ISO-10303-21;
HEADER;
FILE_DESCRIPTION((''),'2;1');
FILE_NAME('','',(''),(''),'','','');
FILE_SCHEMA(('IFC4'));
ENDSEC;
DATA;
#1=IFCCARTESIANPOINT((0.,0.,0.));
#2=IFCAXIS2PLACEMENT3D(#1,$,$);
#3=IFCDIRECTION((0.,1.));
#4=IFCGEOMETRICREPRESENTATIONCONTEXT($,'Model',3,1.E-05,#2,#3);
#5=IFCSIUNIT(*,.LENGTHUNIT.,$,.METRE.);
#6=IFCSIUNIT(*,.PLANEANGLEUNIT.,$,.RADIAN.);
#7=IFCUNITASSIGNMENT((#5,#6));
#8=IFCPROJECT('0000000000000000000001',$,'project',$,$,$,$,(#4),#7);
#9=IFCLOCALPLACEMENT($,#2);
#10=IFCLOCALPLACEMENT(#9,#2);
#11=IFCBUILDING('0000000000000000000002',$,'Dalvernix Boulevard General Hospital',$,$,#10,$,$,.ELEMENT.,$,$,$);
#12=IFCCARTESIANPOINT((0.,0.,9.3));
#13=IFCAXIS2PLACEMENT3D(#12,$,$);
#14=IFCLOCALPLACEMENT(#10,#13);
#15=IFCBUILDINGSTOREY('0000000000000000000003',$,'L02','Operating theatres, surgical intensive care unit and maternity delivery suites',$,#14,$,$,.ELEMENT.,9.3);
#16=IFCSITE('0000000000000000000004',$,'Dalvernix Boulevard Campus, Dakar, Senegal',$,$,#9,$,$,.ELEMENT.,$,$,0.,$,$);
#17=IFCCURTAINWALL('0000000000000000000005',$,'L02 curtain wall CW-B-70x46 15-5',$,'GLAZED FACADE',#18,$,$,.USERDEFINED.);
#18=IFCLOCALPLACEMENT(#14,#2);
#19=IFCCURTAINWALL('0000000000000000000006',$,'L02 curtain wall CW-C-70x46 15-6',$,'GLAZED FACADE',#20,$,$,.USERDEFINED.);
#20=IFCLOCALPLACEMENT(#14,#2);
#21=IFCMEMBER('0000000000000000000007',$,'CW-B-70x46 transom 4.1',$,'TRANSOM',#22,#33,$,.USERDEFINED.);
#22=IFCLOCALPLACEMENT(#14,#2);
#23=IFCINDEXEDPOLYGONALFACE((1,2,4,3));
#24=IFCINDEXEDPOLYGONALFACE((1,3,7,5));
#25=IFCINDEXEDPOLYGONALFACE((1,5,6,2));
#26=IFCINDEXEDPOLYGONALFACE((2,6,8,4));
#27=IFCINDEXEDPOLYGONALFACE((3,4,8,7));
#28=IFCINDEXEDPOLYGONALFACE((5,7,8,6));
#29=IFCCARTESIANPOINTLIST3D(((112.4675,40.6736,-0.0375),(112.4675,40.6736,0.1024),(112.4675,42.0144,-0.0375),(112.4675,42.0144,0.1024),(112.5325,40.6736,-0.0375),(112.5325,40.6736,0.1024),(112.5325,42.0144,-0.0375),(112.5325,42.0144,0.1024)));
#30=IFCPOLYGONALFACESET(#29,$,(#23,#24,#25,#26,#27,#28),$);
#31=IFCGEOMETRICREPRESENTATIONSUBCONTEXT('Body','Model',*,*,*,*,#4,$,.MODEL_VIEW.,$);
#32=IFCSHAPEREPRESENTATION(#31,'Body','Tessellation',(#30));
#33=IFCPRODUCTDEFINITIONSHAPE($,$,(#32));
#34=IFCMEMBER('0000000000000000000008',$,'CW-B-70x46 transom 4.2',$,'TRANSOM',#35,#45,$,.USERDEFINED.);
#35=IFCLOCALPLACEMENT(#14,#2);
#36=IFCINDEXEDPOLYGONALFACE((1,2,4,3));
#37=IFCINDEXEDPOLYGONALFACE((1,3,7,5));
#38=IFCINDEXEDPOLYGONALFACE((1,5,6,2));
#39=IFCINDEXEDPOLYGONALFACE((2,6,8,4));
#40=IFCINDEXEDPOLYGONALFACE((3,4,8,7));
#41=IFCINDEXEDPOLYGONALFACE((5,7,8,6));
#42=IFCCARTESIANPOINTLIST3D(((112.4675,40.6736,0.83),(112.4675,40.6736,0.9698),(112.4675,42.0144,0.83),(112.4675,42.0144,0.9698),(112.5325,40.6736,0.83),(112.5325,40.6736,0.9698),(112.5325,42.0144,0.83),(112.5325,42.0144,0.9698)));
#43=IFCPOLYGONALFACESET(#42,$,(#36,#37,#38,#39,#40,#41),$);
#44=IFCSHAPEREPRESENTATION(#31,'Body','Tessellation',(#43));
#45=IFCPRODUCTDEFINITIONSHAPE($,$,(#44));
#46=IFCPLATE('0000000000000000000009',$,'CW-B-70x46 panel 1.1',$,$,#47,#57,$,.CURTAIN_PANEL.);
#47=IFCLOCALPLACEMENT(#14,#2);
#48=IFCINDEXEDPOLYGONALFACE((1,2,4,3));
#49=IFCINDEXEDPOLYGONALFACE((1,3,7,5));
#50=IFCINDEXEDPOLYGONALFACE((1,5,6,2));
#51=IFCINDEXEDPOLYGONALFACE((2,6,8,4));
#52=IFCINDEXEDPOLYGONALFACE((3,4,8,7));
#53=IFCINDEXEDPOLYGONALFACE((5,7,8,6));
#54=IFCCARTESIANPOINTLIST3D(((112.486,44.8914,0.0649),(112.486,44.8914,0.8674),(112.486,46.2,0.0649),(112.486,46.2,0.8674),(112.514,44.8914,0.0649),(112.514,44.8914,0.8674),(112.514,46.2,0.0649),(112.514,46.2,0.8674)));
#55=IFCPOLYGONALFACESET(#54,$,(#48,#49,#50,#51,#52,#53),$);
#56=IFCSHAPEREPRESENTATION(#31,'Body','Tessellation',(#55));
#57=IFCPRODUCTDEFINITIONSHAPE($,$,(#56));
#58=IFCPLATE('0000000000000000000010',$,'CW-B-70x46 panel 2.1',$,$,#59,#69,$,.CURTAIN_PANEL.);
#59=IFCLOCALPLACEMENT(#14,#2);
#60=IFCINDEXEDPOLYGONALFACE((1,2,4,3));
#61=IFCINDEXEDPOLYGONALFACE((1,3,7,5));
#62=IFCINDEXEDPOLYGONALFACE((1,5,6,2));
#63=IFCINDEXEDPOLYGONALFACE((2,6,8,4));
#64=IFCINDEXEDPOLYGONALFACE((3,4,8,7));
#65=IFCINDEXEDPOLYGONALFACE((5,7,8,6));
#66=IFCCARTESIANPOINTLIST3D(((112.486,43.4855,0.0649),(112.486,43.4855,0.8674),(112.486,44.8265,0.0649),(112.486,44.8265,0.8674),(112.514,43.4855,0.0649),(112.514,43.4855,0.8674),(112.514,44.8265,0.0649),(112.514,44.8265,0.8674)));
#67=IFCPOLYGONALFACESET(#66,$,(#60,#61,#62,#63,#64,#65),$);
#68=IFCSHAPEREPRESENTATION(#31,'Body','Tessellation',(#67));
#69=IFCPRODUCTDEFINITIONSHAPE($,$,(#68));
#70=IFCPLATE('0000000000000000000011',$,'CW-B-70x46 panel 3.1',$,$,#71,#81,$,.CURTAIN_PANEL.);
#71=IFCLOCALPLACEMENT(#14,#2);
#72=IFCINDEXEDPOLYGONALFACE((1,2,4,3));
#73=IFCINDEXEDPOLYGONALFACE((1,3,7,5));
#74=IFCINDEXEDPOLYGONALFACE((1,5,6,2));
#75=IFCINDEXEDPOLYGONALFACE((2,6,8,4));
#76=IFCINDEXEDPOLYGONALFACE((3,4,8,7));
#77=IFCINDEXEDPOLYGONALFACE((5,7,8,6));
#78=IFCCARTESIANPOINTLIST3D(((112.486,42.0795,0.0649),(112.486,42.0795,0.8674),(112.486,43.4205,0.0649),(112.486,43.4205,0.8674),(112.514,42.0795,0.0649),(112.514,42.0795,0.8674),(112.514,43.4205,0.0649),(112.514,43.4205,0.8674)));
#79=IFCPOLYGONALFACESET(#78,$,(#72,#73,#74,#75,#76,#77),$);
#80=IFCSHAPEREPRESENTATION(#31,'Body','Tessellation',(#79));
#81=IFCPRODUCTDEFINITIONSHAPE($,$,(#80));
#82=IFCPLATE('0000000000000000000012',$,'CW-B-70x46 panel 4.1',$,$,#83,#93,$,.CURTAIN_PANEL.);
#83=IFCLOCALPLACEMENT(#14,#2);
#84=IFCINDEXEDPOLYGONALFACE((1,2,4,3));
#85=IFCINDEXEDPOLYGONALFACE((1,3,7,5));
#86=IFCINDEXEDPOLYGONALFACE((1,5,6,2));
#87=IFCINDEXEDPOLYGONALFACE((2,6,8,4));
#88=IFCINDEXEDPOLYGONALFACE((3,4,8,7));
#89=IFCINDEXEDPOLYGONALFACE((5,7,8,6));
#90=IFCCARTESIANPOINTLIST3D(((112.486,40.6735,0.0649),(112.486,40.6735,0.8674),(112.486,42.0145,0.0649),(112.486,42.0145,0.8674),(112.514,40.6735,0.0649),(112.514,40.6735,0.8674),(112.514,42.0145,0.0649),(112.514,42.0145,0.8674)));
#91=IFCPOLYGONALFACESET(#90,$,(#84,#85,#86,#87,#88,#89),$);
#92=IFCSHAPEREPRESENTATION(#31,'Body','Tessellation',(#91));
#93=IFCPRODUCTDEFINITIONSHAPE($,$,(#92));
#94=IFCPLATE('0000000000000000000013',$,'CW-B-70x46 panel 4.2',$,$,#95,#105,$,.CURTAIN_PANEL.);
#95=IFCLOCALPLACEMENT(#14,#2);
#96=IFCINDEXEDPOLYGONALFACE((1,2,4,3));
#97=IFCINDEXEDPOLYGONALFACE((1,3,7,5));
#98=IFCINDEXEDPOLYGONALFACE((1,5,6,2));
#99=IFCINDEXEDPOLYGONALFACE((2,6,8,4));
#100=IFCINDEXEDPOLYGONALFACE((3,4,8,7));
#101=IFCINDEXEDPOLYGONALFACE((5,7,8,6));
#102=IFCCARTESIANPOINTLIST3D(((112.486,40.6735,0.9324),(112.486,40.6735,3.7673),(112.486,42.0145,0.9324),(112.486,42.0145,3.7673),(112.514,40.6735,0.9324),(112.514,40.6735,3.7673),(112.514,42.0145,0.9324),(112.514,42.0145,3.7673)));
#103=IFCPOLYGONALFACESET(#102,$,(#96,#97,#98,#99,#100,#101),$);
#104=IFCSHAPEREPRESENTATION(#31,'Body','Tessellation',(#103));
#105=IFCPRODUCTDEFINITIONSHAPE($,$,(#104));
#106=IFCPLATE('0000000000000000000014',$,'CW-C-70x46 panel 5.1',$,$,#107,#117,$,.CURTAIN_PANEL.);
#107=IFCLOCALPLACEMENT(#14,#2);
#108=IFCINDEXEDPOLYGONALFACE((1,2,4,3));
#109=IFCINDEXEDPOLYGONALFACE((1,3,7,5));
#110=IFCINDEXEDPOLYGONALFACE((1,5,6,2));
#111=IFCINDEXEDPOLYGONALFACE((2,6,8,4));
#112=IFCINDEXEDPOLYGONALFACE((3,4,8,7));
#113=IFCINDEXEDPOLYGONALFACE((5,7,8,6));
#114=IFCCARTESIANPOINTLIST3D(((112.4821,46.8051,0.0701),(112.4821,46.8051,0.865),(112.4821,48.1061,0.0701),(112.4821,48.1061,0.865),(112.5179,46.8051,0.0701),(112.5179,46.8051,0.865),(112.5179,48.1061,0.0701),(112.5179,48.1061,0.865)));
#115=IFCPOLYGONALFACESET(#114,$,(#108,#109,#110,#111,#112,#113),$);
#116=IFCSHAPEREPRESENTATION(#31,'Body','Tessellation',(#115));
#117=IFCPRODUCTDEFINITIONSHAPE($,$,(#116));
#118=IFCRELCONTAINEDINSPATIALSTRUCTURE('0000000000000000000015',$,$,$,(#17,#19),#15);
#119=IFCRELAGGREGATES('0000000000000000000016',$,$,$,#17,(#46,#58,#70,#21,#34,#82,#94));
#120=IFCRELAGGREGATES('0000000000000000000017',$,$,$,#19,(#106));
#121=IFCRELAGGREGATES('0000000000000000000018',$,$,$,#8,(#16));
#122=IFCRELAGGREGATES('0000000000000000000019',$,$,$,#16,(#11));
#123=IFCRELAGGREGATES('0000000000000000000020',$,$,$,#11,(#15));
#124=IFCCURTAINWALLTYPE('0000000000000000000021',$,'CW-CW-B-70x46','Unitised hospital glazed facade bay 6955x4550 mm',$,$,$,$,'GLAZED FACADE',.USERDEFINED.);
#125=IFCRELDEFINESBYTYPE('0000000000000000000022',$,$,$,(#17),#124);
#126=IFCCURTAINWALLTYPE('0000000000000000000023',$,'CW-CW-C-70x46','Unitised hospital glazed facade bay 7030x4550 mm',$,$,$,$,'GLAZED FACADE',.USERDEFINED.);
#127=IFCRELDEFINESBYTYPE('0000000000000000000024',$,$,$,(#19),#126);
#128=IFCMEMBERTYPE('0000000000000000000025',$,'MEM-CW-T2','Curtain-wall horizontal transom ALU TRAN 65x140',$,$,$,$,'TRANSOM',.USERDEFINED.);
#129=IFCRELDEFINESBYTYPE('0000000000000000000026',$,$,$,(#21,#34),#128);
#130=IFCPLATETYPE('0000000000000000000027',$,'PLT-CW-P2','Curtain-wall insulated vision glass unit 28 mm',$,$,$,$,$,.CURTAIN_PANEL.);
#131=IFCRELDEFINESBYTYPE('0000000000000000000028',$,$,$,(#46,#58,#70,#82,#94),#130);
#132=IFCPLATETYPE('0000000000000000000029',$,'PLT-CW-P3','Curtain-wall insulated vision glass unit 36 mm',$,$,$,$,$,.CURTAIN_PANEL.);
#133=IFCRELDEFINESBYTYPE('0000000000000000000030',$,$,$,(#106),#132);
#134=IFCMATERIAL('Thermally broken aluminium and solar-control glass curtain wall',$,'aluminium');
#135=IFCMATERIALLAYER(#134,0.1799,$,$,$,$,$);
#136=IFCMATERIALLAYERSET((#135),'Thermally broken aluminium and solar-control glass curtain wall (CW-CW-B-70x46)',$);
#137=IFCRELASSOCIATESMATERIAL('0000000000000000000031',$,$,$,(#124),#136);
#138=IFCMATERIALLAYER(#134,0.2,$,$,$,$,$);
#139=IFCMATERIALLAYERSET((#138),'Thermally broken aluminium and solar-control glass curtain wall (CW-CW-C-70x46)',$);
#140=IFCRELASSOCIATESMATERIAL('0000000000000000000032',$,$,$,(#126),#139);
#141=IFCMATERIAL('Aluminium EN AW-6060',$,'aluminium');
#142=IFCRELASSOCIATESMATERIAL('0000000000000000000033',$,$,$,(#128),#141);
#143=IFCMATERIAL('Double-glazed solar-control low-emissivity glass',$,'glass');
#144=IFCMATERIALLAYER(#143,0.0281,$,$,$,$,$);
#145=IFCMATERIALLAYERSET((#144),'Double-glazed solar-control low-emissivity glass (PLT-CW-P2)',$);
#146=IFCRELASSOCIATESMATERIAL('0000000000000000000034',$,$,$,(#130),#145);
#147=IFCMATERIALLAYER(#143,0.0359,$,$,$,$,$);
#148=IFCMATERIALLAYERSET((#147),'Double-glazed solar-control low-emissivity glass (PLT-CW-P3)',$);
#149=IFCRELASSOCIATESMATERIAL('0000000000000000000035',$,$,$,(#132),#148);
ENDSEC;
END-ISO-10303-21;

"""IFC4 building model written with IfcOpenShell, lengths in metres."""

from ifc_helpers import new_model, si_unit, direction, frame, origin, origin_2d, place, context, subcontext, project, spatial, rectangle, extrude, material, layer, layer_set, material_profile, profile_set, type_object, element, aggregate, save


model = new_model("IFC4")

# Units and contexts
model_context = context("Model", 3, precision=1e-05, world=origin(), true_north=direction((0.0, 1.0)))
body_context = subcontext(model_context, "Body", "Model", "MODEL_VIEW")
ifc_project = project(units=[si_unit("LENGTHUNIT", "METRE"), si_unit("PLANEANGLEUNIT", "RADIAN")], contexts=[model_context])

# Site, building, storey
site_placement = place(None, origin())
site = spatial("IfcSite", under=ifc_project, at=site_placement, Name="Dalvernix Boulevard Campus, Dakar, Senegal", CompositionType="ELEMENT", RefElevation=0.0)
building_placement = place(site_placement, origin())
building = spatial("IfcBuilding", under=site, at=building_placement, Name="Dalvernix Boulevard General Hospital", CompositionType="ELEMENT")
storey_placement = place(building_placement, frame((0.0, 0.0, 9.3)))
storey = spatial("IfcBuildingStorey", under=building, at=storey_placement, Name="L02", Description="Operating theatres, surgical intensive care unit and maternity delivery suites", CompositionType="ELEMENT", Elevation=9.3)

# Curtain wall
ifc_material_1 = material(Name="Thermally broken aluminium and solar-control glass curtain wall", Category="aluminium")
ifc_layer_1 = layer(ifc_material_1, 0.1799)
ifc_layer_set_1 = layer_set([ifc_layer_1], Name="Thermally broken aluminium and solar-control glass curtain wall (CW-CW-B-70x46)")
curtain_wall_type_1 = type_object("IfcCurtainWallType", Name="CW-CW-B-70x46", Description="Unitised hospital glazed facade bay 6955x4550 mm", ElementType="GLAZED FACADE", PredefinedType="USERDEFINED", material=ifc_layer_set_1)
curtain_wall_1_placement = place(storey_placement, origin())
curtain_wall_1 = element("IfcCurtainWall", 1, at=curtain_wall_1_placement, inside=storey, type_object=curtain_wall_type_1, Name="L02 curtain wall CW-B-70x46 15-5", ObjectType="GLAZED FACADE", PredefinedType="USERDEFINED")
ifc_material_2 = material(Name="Aluminium EN AW-6060", Category="aluminium")

# Curtain wall
ifc_layer_2 = layer(ifc_material_1, 0.2)
ifc_layer_set_2 = layer_set([ifc_layer_2], Name="Thermally broken aluminium and solar-control glass curtain wall (CW-CW-C-70x46)")
curtain_wall_type_2 = type_object("IfcCurtainWallType", Name="CW-CW-C-70x46", Description="Unitised hospital glazed facade bay 7030x4550 mm", ElementType="GLAZED FACADE", PredefinedType="USERDEFINED", material=ifc_layer_set_2)
curtain_wall_2_placement = place(storey_placement, origin())
curtain_wall_2 = element("IfcCurtainWall", 2, at=curtain_wall_2_placement, inside=storey, type_object=curtain_wall_type_2, Name="L02 curtain wall CW-C-70x46 15-6", ObjectType="GLAZED FACADE", PredefinedType="USERDEFINED")

# Members
ifc_material_profile_1 = material_profile(ifc_material_2, rectangle(XDim=0.0649, YDim=0.1399, at=origin_2d()), Name="ALU TRAN 65x140")
ifc_profile_set_1 = profile_set([ifc_material_profile_1], Name="Aluminium EN AW-6060")
member_type_1 = type_object("IfcMemberType", Name="MEM-CW-T2", Description="Curtain-wall horizontal transom ALU TRAN 65x140", ElementType="TRANSOM", PredefinedType="USERDEFINED", material=ifc_profile_set_1)
member_1_placement = place(storey_placement, frame((112.5, 42.0144, 0.0325), z_axis=(0.0, -1.0, 0.0), x_axis=(1.0, 0.0, 0.0)))
member_1 = element("IfcMember", 3, at=member_1_placement, type_object=member_type_1, Name="CW-B-70x46 transom 4.1", ObjectType="TRANSOM", PredefinedType="USERDEFINED", context=body_context, shape_type="SweptSolid", body=[
    extrude(rectangle(XDim=0.0649, YDim=0.1399, at=origin_2d()), origin(), (0.0, 0.0, 1.0), 1.3408),
])
member_2_placement = place(storey_placement, frame((112.5, 42.0144, 0.8999), z_axis=(0.0, -1.0, 0.0), x_axis=(1.0, 0.0, 0.0)))
member_2 = element("IfcMember", 4, at=member_2_placement, type_object=member_type_1, Name="CW-B-70x46 transom 4.2", ObjectType="TRANSOM", PredefinedType="USERDEFINED", context=body_context, shape_type="SweptSolid", body=[
    extrude(rectangle(XDim=0.0649, YDim=0.1399, at=origin_2d()), origin(), (0.0, 0.0, 1.0), 1.3408),
])

# Plates
ifc_material_3 = material(Name="Double-glazed solar-control low-emissivity glass", Category="glass")
ifc_layer_3 = layer(ifc_material_3, 0.0281)
ifc_layer_set_3 = layer_set([ifc_layer_3], Name="Double-glazed solar-control low-emissivity glass (PLT-CW-P2)")
plate_type_1 = type_object("IfcPlateType", Name="PLT-CW-P2", Description="Curtain-wall insulated vision glass unit 28 mm", PredefinedType="CURTAIN_PANEL", material=ifc_layer_set_3)
plate_1_placement = place(storey_placement, frame((112.5, 45.5457, 0.0649), z_axis=(0.0, 0.0, 1.0), x_axis=(0.0, -1.0, 0.0)))
plate_1 = element("IfcPlate", 5, at=plate_1_placement, type_object=plate_type_1, Name="CW-B-70x46 panel 1.1", PredefinedType="CURTAIN_PANEL", context=body_context, shape_type="SweptSolid", body=[
    extrude(rectangle(XDim=1.3086, YDim=0.0281, at=origin_2d()), origin(), (0.0, 0.0, 1.0), 0.8025),
])
plate_2_placement = place(storey_placement, frame((112.5, 44.156, 0.0649), z_axis=(0.0, 0.0, 1.0), x_axis=(0.0, -1.0, 0.0)))
plate_2 = element("IfcPlate", 6, at=plate_2_placement, type_object=plate_type_1, Name="CW-B-70x46 panel 2.1", PredefinedType="CURTAIN_PANEL", context=body_context, shape_type="SweptSolid", body=[
    extrude(rectangle(XDim=1.3411, YDim=0.0281, at=origin_2d()), origin(), (0.0, 0.0, 1.0), 0.8025),
])
plate_3_placement = place(storey_placement, frame((112.5, 42.75, 0.0649), z_axis=(0.0, 0.0, 1.0), x_axis=(0.0, -1.0, 0.0)))
plate_3 = element("IfcPlate", 7, at=plate_3_placement, type_object=plate_type_1, Name="CW-B-70x46 panel 3.1", PredefinedType="CURTAIN_PANEL", context=body_context, shape_type="SweptSolid", body=[
    extrude(rectangle(XDim=1.3411, YDim=0.0281, at=origin_2d()), origin(), (0.0, 0.0, 1.0), 0.8025),
])
plate_4_placement = place(storey_placement, frame((112.5, 41.344, 0.0649), z_axis=(0.0, 0.0, 1.0), x_axis=(0.0, -1.0, 0.0)))
plate_4 = element("IfcPlate", 8, at=plate_4_placement, type_object=plate_type_1, Name="CW-B-70x46 panel 4.1", PredefinedType="CURTAIN_PANEL", context=body_context, shape_type="SweptSolid", body=[
    extrude(rectangle(XDim=1.3411, YDim=0.0281, at=origin_2d()), origin(), (0.0, 0.0, 1.0), 0.8025),
])
plate_5_placement = place(storey_placement, frame((112.5, 41.344, 0.9324), z_axis=(0.0, 0.0, 1.0), x_axis=(0.0, -1.0, 0.0)))
plate_5 = element("IfcPlate", 9, at=plate_5_placement, type_object=plate_type_1, Name="CW-B-70x46 panel 4.2", PredefinedType="CURTAIN_PANEL", context=body_context, shape_type="SweptSolid", body=[
    extrude(rectangle(XDim=1.3411, YDim=0.0281, at=origin_2d()), origin(), (0.0, 0.0, 1.0), 2.835),
])
aggregate(curtain_wall_1, [plate_1, plate_2, plate_3, member_1, member_2, plate_4, plate_5])
ifc_layer_4 = layer(ifc_material_3, 0.0359)
ifc_layer_set_4 = layer_set([ifc_layer_4], Name="Double-glazed solar-control low-emissivity glass (PLT-CW-P3)")
plate_type_2 = type_object("IfcPlateType", Name="PLT-CW-P3", Description="Curtain-wall insulated vision glass unit 36 mm", PredefinedType="CURTAIN_PANEL", material=ifc_layer_set_4)
plate_6_placement = place(storey_placement, frame((112.5, 47.4556, 0.0701), z_axis=(0.0, 0.0, 1.0), x_axis=(0.0, -1.0, 0.0)))
plate_6 = element("IfcPlate", 10, at=plate_6_placement, type_object=plate_type_2, Name="CW-C-70x46 panel 5.1", PredefinedType="CURTAIN_PANEL", context=body_context, shape_type="SweptSolid", body=[
    extrude(rectangle(XDim=1.301, YDim=0.0359, at=origin_2d()), origin(), (0.0, 0.0, 1.0), 0.7949),
])
aggregate(curtain_wall_2, [plate_6])

save(model, "model.ifc")
